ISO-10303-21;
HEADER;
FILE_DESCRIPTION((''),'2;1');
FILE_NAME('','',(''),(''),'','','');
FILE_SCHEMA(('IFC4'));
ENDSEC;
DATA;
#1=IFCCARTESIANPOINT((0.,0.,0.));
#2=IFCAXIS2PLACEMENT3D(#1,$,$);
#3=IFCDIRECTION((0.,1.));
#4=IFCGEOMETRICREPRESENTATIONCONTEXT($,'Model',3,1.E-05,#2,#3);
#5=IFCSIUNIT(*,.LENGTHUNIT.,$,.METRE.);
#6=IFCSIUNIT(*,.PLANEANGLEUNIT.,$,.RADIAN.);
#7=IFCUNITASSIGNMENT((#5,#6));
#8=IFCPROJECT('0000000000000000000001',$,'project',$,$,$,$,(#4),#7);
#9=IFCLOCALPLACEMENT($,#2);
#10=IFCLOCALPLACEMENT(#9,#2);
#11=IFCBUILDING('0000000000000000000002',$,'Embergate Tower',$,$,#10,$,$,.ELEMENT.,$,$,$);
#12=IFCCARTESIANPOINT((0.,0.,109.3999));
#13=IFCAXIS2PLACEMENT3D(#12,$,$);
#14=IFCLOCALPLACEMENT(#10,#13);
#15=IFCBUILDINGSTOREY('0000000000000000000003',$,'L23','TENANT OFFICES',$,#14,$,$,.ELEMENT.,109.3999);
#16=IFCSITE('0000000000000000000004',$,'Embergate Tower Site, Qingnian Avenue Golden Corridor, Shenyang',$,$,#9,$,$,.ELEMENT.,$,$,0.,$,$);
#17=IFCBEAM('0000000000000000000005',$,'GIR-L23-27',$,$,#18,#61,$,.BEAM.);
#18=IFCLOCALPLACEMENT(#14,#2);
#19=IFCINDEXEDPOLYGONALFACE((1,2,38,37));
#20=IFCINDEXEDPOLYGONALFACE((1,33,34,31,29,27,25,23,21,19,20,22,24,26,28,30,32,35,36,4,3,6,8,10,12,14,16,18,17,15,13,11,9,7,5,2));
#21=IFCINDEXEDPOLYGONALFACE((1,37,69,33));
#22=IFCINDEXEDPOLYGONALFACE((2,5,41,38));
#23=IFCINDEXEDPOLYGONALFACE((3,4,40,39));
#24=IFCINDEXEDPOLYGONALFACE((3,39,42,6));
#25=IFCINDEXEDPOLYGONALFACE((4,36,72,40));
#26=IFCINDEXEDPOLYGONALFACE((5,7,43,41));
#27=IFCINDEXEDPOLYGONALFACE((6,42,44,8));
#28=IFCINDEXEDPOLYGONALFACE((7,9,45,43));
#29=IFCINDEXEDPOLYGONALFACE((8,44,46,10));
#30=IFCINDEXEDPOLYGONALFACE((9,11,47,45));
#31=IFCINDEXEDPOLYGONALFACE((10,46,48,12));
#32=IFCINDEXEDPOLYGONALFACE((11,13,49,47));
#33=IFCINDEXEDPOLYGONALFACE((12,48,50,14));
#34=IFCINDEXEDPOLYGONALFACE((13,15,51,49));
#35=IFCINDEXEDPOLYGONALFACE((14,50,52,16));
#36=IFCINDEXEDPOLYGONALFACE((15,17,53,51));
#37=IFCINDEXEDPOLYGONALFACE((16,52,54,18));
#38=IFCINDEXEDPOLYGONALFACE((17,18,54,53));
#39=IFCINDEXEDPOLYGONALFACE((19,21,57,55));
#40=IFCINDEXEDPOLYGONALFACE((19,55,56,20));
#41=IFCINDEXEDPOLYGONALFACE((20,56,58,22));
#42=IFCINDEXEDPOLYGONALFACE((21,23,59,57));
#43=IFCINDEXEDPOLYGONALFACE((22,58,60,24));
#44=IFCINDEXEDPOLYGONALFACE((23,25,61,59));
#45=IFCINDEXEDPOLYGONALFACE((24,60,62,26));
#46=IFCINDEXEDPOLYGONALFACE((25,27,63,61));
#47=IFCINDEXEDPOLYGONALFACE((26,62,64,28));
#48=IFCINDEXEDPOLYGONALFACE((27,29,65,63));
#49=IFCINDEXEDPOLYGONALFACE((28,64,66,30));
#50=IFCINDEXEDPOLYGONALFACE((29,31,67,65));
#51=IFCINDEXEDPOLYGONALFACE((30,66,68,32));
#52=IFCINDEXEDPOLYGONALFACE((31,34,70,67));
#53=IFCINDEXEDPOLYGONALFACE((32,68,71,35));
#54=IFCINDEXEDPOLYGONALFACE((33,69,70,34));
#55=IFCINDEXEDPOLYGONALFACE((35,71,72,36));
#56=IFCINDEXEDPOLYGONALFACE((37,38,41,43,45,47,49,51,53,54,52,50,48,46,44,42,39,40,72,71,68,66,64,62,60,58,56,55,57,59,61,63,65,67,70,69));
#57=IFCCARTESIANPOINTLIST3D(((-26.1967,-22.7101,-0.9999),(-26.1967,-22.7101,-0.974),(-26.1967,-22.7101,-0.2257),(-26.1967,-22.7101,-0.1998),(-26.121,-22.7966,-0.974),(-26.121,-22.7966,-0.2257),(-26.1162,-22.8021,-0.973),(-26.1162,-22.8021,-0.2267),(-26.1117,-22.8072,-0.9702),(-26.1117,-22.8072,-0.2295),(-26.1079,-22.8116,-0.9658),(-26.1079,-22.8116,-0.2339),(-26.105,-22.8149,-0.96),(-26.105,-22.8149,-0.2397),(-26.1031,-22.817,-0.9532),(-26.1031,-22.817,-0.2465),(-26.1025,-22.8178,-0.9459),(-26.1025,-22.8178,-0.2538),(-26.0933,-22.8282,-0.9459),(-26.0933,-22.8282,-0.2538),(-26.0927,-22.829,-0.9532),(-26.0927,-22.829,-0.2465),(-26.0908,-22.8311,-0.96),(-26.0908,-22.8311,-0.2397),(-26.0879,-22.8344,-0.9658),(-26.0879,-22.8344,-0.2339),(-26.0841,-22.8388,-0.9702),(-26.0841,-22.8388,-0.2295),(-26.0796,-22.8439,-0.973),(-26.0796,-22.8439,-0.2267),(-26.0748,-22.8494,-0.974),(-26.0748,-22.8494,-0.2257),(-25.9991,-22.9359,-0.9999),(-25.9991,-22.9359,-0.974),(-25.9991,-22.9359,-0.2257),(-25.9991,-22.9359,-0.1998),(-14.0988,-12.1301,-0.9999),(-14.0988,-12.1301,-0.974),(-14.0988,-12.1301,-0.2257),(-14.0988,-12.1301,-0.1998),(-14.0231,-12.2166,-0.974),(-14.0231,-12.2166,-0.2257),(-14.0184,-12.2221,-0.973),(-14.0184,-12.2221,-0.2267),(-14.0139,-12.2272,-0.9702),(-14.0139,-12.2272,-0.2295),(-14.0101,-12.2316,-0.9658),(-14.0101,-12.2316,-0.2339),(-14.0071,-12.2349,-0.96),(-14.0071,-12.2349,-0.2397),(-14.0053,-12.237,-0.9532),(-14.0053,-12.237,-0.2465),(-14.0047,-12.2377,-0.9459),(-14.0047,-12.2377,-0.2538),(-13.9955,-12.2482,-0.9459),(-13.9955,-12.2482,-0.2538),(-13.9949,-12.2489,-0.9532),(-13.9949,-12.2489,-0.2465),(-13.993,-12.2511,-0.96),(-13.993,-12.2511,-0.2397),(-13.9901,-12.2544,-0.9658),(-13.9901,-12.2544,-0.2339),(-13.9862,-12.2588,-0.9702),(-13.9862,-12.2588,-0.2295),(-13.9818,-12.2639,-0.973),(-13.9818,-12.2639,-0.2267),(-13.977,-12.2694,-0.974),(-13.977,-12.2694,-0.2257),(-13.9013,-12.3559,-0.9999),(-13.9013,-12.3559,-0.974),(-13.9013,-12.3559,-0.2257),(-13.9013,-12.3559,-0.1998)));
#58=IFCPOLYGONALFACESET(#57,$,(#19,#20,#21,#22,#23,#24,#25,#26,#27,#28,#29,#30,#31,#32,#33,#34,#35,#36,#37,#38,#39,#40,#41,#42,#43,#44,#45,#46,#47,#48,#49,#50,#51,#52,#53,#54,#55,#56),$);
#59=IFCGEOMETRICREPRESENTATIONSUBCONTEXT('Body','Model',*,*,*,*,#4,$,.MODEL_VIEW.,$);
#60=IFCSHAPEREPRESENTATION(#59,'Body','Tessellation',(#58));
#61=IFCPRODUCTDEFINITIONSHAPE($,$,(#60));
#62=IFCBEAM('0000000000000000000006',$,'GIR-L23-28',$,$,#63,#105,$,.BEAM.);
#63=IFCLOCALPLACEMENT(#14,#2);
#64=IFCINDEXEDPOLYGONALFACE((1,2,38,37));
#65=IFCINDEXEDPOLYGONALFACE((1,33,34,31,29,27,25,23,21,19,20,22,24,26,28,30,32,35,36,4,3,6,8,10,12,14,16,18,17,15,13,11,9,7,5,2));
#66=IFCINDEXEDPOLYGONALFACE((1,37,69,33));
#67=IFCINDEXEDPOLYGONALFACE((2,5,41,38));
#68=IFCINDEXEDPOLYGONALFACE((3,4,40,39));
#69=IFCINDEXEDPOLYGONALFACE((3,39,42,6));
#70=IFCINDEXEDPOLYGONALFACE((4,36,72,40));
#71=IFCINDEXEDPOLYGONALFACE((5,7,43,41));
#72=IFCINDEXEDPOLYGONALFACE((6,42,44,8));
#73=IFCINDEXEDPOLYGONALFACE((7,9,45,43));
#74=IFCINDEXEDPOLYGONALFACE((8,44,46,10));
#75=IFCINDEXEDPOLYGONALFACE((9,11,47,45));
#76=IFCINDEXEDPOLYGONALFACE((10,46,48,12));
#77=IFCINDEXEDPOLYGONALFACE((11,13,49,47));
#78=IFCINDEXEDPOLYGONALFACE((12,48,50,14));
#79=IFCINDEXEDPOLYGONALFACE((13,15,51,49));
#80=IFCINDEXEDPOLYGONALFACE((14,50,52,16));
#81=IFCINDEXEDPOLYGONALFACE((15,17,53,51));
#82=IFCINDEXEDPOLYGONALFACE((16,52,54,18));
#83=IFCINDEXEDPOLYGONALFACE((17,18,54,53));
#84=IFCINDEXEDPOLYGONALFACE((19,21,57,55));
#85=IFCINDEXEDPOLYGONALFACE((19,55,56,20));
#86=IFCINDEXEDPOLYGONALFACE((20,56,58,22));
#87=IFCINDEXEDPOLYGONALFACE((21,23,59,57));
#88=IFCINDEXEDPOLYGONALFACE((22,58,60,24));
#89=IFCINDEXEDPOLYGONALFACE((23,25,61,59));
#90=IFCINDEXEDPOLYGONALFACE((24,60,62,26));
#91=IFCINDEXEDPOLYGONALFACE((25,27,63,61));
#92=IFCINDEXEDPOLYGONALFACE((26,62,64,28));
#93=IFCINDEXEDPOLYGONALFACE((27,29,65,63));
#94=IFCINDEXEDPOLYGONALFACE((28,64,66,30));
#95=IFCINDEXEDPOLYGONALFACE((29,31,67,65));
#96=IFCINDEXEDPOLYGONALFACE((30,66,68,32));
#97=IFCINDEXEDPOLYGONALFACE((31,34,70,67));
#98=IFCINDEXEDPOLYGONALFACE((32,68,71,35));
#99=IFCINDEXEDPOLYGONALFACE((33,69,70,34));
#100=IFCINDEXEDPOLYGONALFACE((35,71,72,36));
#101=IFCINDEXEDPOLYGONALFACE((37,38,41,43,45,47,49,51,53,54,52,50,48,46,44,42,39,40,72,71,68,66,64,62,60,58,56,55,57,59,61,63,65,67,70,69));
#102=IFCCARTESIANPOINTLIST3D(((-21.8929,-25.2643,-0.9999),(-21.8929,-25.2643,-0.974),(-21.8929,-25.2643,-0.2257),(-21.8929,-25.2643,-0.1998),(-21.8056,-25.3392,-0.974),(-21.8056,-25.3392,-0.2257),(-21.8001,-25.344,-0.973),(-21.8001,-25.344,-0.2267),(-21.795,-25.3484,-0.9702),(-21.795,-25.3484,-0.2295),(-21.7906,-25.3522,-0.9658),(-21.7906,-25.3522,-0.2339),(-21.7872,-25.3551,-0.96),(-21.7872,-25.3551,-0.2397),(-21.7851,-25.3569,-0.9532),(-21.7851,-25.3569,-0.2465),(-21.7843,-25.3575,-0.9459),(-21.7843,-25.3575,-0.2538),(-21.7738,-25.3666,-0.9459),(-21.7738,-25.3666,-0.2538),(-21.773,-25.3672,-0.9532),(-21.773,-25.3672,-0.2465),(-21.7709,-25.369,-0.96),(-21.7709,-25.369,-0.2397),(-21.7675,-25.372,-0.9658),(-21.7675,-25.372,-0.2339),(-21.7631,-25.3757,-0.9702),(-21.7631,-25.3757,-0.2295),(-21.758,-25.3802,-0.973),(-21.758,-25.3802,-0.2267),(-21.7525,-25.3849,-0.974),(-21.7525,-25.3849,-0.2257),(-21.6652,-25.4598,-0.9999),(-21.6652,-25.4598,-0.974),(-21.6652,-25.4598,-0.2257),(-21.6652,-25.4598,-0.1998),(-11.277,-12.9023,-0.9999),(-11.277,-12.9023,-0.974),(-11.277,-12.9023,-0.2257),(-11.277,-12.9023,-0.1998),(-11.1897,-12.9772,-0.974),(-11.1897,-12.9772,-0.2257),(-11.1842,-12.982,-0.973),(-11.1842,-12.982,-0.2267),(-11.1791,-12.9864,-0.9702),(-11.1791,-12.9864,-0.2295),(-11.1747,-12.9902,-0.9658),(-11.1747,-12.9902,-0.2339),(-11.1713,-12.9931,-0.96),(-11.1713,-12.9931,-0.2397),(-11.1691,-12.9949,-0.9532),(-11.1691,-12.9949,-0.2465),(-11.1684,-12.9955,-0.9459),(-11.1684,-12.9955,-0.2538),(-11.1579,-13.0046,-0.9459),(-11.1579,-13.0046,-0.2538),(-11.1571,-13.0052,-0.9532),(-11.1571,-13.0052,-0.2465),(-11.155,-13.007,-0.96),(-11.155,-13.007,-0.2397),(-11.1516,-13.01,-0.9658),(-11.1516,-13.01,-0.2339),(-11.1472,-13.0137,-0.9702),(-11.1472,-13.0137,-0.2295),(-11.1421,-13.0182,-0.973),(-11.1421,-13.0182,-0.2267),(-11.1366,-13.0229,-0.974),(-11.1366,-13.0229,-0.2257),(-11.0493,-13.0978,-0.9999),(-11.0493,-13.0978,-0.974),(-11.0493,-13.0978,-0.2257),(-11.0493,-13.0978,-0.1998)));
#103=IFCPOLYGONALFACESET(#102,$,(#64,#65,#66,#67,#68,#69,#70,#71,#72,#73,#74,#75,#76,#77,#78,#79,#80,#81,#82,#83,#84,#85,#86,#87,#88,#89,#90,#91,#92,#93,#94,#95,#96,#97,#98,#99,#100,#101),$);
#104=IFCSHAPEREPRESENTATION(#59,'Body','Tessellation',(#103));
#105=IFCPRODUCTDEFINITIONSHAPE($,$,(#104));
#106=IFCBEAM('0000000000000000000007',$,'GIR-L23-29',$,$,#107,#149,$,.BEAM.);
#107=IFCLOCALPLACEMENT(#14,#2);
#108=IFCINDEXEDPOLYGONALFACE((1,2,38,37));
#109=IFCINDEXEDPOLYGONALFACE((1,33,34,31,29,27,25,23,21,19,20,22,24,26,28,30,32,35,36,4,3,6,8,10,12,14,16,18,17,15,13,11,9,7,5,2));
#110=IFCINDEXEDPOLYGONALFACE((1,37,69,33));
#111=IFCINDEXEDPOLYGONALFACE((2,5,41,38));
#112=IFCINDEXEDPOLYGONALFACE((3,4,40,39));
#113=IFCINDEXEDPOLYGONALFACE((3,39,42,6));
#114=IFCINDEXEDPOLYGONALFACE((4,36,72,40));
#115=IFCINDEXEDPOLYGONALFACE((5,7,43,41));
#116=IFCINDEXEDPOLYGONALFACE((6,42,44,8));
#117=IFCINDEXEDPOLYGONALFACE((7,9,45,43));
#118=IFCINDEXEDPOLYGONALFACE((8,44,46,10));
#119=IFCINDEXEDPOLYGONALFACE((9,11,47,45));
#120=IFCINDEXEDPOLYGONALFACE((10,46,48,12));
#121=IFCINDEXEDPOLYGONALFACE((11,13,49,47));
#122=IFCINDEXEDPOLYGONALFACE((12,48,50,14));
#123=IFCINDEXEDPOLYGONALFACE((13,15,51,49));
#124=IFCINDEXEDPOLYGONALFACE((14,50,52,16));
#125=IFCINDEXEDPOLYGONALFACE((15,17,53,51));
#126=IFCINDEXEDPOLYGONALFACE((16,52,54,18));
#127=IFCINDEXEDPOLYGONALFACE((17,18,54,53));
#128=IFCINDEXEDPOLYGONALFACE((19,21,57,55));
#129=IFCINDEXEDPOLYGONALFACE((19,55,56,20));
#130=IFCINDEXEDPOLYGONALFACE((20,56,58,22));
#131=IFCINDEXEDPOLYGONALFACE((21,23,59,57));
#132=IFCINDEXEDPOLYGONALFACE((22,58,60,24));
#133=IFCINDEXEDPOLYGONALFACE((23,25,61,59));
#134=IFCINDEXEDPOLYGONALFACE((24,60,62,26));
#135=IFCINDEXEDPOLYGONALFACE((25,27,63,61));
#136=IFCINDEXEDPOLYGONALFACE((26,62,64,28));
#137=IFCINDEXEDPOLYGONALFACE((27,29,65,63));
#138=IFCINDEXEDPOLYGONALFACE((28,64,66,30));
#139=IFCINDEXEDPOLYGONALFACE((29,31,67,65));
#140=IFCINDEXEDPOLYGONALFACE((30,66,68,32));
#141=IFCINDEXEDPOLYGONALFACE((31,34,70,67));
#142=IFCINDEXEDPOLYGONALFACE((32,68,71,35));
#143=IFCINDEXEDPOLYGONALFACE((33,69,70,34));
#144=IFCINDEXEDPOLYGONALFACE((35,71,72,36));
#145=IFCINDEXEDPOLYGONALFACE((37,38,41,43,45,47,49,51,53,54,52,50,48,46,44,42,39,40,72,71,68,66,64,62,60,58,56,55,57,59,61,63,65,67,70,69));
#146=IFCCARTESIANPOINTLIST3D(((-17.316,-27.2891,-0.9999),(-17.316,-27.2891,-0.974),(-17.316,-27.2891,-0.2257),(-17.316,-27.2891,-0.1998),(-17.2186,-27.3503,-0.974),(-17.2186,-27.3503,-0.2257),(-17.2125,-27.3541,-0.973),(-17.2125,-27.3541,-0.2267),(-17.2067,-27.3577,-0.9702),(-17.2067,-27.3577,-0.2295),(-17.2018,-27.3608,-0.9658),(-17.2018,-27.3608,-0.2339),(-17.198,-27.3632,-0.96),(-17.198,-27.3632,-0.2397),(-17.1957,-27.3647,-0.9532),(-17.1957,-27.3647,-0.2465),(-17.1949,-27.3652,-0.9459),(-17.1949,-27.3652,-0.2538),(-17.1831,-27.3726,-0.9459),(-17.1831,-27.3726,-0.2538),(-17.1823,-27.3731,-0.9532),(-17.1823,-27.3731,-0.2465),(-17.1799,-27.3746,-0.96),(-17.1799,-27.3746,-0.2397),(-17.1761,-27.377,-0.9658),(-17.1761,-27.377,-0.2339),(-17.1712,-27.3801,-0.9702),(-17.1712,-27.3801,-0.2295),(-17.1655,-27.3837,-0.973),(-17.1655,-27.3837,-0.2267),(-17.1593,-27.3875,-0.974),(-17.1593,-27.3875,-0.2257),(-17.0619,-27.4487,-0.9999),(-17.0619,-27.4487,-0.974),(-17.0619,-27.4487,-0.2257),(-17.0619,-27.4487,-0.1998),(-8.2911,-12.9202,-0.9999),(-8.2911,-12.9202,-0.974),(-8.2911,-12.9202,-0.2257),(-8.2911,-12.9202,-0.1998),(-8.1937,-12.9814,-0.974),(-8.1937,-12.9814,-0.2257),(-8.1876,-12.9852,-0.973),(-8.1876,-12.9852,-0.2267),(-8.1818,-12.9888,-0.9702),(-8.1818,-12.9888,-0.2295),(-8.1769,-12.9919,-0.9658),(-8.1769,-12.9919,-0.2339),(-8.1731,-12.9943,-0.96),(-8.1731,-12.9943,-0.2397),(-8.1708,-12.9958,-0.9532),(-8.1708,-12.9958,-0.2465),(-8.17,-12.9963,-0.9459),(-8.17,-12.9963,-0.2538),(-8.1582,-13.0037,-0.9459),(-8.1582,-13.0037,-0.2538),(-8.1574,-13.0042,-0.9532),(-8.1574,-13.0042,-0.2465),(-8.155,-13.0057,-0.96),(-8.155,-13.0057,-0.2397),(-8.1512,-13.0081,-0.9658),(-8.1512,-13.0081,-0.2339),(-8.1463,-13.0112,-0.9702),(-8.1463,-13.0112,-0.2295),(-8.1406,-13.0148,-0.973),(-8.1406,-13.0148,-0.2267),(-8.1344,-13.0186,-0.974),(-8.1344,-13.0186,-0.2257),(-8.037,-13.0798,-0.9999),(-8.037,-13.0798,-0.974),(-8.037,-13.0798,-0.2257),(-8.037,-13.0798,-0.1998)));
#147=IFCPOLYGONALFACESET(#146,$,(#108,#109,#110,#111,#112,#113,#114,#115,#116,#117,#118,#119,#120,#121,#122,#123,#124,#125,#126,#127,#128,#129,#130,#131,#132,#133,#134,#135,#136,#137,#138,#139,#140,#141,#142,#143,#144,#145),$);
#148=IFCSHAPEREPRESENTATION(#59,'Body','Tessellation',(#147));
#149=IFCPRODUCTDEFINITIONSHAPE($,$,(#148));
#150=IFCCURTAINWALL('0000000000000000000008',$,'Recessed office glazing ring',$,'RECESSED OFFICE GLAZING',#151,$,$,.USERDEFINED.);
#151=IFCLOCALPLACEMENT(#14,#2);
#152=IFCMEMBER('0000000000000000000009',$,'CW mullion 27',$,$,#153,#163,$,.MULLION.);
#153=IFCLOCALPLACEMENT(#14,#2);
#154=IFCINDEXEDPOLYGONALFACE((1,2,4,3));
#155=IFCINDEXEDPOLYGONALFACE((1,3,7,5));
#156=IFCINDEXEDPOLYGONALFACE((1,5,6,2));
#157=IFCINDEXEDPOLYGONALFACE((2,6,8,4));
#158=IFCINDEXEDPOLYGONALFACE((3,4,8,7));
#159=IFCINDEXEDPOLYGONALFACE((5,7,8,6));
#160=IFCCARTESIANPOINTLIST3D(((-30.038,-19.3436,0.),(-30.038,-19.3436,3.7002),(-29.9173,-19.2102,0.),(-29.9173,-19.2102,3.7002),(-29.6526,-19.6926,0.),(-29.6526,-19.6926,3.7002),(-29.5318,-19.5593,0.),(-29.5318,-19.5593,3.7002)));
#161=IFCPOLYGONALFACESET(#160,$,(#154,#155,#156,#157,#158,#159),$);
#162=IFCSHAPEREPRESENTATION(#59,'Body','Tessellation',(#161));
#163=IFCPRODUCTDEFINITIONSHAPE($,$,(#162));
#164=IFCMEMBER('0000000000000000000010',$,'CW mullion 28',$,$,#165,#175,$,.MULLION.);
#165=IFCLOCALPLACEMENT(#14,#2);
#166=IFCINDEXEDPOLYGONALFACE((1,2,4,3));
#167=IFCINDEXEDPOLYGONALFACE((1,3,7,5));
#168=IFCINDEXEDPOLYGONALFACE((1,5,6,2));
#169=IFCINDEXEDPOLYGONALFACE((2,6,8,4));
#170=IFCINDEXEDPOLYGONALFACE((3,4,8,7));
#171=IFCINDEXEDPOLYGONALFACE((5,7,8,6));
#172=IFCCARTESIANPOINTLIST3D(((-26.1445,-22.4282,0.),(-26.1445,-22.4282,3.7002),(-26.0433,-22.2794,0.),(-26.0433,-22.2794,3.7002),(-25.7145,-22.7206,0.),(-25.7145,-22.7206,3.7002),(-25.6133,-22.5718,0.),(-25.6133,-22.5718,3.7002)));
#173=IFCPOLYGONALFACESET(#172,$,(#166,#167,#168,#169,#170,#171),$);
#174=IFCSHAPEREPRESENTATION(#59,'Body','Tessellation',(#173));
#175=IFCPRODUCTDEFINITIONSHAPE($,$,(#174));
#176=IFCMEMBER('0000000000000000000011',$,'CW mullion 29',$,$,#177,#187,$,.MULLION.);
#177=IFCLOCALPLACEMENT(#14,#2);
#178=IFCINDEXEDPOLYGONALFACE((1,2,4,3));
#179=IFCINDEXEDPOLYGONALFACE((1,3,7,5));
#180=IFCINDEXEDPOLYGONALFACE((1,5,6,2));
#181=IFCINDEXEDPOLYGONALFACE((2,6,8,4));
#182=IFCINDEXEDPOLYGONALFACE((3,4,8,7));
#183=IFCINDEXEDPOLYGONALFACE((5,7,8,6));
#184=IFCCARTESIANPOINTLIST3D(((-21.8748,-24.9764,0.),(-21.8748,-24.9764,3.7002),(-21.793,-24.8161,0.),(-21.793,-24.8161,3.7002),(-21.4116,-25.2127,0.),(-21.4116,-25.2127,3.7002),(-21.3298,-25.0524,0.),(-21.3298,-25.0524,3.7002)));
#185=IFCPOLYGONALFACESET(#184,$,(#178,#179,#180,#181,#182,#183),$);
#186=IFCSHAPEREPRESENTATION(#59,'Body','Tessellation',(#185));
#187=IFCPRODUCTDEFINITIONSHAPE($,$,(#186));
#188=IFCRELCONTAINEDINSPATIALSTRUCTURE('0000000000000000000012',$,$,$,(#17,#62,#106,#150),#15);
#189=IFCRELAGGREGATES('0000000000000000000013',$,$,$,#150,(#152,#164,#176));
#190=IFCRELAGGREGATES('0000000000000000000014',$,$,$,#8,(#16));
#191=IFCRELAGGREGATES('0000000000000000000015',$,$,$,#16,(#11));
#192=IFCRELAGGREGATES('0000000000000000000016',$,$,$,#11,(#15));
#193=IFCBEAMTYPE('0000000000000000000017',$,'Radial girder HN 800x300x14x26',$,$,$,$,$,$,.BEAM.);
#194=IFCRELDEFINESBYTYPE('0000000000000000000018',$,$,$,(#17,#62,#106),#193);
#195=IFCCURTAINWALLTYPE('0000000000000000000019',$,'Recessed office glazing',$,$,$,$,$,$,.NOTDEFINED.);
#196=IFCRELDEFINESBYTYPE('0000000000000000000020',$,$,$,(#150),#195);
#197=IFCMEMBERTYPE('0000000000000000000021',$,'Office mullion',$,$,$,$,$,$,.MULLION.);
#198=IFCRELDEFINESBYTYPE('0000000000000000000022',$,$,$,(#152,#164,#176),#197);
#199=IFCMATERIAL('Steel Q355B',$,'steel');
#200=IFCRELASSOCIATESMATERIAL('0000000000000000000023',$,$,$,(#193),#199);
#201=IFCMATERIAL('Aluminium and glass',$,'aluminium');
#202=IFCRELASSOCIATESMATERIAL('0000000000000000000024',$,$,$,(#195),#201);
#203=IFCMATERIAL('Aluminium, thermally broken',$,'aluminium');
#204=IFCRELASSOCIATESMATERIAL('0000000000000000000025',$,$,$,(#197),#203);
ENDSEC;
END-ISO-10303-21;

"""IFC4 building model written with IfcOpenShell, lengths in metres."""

from ifc_helpers import new_model, si_unit, direction, frame, origin, origin_2d, place, context, subcontext, project, spatial, rectangle, i_section, extrude, source, transform, mapped, material, material_profile, profile_set, type_object, element, aggregate, save


model = new_model("IFC4")

# Units and contexts
model_context = context("Model", 3, precision=1e-05, world=origin(), true_north=direction((0.0, 1.0)))
body_context = subcontext(model_context, "Body", "Model", "MODEL_VIEW")
ifc_project = project(units=[si_unit("LENGTHUNIT", "METRE"), si_unit("PLANEANGLEUNIT", "RADIAN")], contexts=[model_context])

# Site, building, storey
site_placement = place(None, origin())
site = spatial("IfcSite", under=ifc_project, at=site_placement, Name="Embergate Tower Site, Qingnian Avenue Golden Corridor, Shenyang", CompositionType="ELEMENT", RefElevation=0.0)
building_placement = place(site_placement, origin())
building = spatial("IfcBuilding", under=site, at=building_placement, Name="Embergate Tower", CompositionType="ELEMENT")
storey_placement = place(building_placement, frame((0.0, 0.0, 109.3999)))
storey = spatial("IfcBuildingStorey", under=building, at=storey_placement, Name="L23", Description="TENANT OFFICES", CompositionType="ELEMENT", Elevation=109.3999)

# Beams
ifc_material_1 = material(Name="Steel Q355B", Category="steel")
ifc_material_profile_1 = material_profile(ifc_material_1, i_section(OverallWidth=0.3, OverallDepth=0.8, WebThickness=0.0139, FlangeThickness=0.0259, FilletRadius=0.0281, at=origin_2d()), Name="HN 800x300x14x26")
ifc_profile_set_1 = profile_set([ifc_material_profile_1], Name="Steel Q355 grade B")
beam_type_1 = type_object("IfcBeamType", Name="Radial girder HN 800x300x14x26", PredefinedType="BEAM", material=ifc_profile_set_1)
shared_shape_1 = source(origin(), body_context, "Body", "SweptSolid", [
    extrude(i_section(OverallWidth=0.3, OverallDepth=0.8, WebThickness=0.0139, FlangeThickness=0.0259, FilletRadius=0.0281, at=origin_2d()), origin(), (0.0, 0.0, 1.0), 16.0715),
])
beam_1_placement = place(storey_placement, frame((-26.0979, -22.823, -0.5999), z_axis=(0.752749, 0.658308, 0.0), x_axis=(-0.658308, 0.752749, 0.0)))
element("IfcBeam", 1, at=beam_1_placement, inside=storey, type_object=beam_type_1, Name="GIR-L23-27", PredefinedType="BEAM", context=body_context, shape_type="MappedRepresentation", body=[
    mapped(shared_shape_1, transform((0.0, 0.0, 0.0))),
])
shared_shape_2 = source(origin(), body_context, "Body", "SweptSolid", [
    extrude(i_section(OverallWidth=0.3, OverallDepth=0.8, WebThickness=0.0139, FlangeThickness=0.0259, FilletRadius=0.0281, at=origin_2d()), origin(), (0.0, 0.0, 1.0), 16.2947),
])
beam_2_placement = place(storey_placement, frame((-21.7791, -25.3621, -0.5999), z_axis=(0.651496, 0.758652, 0.0), x_axis=(-0.758652, 0.651496, 0.0)))
element("IfcBeam", 2, at=beam_2_placement, inside=storey, type_object=beam_type_1, Name="GIR-L23-28", PredefinedType="BEAM", context=body_context, shape_type="MappedRepresentation", body=[
    mapped(shared_shape_2, transform((0.0, 0.0, 0.0))),
])
shared_shape_3 = source(origin(), body_context, "Body", "SweptSolid", [
    extrude(i_section(OverallWidth=0.3, OverallDepth=0.8, WebThickness=0.0139, FlangeThickness=0.0259, FilletRadius=0.0281, at=origin_2d()), origin(), (0.0, 0.0, 1.0), 16.968),
])
beam_3_placement = place(storey_placement, frame((-17.189, -27.3689, -0.5999), z_axis=(0.531877, 0.846822, 0.0), x_axis=(-0.846822, 0.531877, 0.0)))
element("IfcBeam", 3, at=beam_3_placement, inside=storey, type_object=beam_type_1, Name="GIR-L23-29", PredefinedType="BEAM", context=body_context, shape_type="MappedRepresentation", body=[
    mapped(shared_shape_3, transform((0.0, 0.0, 0.0))),
])

# Curtain wall, members
ifc_material_2 = material(Name="Aluminium and glass", Category="aluminium")
curtain_wall_type = type_object("IfcCurtainWallType", Name="Recessed office glazing", PredefinedType="NOTDEFINED", material=ifc_material_2)
curtain_wall_placement = place(storey_placement, origin())
curtain_wall = element("IfcCurtainWall", 4, at=curtain_wall_placement, inside=storey, type_object=curtain_wall_type, Name="Recessed office glazing ring", ObjectType="RECESSED OFFICE GLAZING", PredefinedType="USERDEFINED")
ifc_material_3 = material(Name="Aluminium, thermally broken", Category="aluminium")
ifc_material_profile_2 = material_profile(ifc_material_3, rectangle(XDim=0.1799, YDim=0.52, at=origin_2d()), Name="AL 520x180")
ifc_profile_set_2 = profile_set([ifc_material_profile_2], Name="Aluminium, thermally broken")
member_type_1 = type_object("IfcMemberType", Name="Office mullion", PredefinedType="MULLION", material=ifc_profile_set_2)
shared_shape_4 = source(origin(), body_context, "Body", "SweptSolid", [
    extrude(rectangle(XDim=0.1799, YDim=0.52, at=origin_2d()), origin(), (0.0, 0.0, 1.0), 3.7002),
])
member_1_placement = place(storey_placement, frame((-29.7849, -19.4514, 0.0), z_axis=(0.0, 0.0, 1.0), x_axis=(0.671238, 0.741242, 0.0)))
member_1 = element("IfcMember", 5, at=member_1_placement, type_object=member_type_1, Name="CW mullion 27", PredefinedType="MULLION", context=body_context, shape_type="MappedRepresentation", body=[
    mapped(shared_shape_4, transform((0.0, 0.0, 0.0))),
])
member_2_placement = place(storey_placement, frame((-25.8789, -22.5, 0.0), z_axis=(0.0, 0.0, 1.0), x_axis=(0.562228, 0.826982, 0.0)))
member_2 = element("IfcMember", 6, at=member_2_placement, type_object=member_type_1, Name="CW mullion 28", PredefinedType="MULLION", context=body_context, shape_type="MappedRepresentation", body=[
    mapped(shared_shape_4, transform((0.0, 0.0, 0.0))),
])
member_3_placement = place(storey_placement, frame((-21.6023, -25.0144, 0.0), z_axis=(0.0, 0.0, 1.0), x_axis=(0.454521, 0.890736, 0.0)))
member_3 = element("IfcMember", 7, at=member_3_placement, type_object=member_type_1, Name="CW mullion 29", PredefinedType="MULLION", context=body_context, shape_type="MappedRepresentation", body=[
    mapped(shared_shape_4, transform((0.0, 0.0, 0.0))),
])
aggregate(curtain_wall, [member_1, member_2, member_3])

save(model, "model.ifc")
